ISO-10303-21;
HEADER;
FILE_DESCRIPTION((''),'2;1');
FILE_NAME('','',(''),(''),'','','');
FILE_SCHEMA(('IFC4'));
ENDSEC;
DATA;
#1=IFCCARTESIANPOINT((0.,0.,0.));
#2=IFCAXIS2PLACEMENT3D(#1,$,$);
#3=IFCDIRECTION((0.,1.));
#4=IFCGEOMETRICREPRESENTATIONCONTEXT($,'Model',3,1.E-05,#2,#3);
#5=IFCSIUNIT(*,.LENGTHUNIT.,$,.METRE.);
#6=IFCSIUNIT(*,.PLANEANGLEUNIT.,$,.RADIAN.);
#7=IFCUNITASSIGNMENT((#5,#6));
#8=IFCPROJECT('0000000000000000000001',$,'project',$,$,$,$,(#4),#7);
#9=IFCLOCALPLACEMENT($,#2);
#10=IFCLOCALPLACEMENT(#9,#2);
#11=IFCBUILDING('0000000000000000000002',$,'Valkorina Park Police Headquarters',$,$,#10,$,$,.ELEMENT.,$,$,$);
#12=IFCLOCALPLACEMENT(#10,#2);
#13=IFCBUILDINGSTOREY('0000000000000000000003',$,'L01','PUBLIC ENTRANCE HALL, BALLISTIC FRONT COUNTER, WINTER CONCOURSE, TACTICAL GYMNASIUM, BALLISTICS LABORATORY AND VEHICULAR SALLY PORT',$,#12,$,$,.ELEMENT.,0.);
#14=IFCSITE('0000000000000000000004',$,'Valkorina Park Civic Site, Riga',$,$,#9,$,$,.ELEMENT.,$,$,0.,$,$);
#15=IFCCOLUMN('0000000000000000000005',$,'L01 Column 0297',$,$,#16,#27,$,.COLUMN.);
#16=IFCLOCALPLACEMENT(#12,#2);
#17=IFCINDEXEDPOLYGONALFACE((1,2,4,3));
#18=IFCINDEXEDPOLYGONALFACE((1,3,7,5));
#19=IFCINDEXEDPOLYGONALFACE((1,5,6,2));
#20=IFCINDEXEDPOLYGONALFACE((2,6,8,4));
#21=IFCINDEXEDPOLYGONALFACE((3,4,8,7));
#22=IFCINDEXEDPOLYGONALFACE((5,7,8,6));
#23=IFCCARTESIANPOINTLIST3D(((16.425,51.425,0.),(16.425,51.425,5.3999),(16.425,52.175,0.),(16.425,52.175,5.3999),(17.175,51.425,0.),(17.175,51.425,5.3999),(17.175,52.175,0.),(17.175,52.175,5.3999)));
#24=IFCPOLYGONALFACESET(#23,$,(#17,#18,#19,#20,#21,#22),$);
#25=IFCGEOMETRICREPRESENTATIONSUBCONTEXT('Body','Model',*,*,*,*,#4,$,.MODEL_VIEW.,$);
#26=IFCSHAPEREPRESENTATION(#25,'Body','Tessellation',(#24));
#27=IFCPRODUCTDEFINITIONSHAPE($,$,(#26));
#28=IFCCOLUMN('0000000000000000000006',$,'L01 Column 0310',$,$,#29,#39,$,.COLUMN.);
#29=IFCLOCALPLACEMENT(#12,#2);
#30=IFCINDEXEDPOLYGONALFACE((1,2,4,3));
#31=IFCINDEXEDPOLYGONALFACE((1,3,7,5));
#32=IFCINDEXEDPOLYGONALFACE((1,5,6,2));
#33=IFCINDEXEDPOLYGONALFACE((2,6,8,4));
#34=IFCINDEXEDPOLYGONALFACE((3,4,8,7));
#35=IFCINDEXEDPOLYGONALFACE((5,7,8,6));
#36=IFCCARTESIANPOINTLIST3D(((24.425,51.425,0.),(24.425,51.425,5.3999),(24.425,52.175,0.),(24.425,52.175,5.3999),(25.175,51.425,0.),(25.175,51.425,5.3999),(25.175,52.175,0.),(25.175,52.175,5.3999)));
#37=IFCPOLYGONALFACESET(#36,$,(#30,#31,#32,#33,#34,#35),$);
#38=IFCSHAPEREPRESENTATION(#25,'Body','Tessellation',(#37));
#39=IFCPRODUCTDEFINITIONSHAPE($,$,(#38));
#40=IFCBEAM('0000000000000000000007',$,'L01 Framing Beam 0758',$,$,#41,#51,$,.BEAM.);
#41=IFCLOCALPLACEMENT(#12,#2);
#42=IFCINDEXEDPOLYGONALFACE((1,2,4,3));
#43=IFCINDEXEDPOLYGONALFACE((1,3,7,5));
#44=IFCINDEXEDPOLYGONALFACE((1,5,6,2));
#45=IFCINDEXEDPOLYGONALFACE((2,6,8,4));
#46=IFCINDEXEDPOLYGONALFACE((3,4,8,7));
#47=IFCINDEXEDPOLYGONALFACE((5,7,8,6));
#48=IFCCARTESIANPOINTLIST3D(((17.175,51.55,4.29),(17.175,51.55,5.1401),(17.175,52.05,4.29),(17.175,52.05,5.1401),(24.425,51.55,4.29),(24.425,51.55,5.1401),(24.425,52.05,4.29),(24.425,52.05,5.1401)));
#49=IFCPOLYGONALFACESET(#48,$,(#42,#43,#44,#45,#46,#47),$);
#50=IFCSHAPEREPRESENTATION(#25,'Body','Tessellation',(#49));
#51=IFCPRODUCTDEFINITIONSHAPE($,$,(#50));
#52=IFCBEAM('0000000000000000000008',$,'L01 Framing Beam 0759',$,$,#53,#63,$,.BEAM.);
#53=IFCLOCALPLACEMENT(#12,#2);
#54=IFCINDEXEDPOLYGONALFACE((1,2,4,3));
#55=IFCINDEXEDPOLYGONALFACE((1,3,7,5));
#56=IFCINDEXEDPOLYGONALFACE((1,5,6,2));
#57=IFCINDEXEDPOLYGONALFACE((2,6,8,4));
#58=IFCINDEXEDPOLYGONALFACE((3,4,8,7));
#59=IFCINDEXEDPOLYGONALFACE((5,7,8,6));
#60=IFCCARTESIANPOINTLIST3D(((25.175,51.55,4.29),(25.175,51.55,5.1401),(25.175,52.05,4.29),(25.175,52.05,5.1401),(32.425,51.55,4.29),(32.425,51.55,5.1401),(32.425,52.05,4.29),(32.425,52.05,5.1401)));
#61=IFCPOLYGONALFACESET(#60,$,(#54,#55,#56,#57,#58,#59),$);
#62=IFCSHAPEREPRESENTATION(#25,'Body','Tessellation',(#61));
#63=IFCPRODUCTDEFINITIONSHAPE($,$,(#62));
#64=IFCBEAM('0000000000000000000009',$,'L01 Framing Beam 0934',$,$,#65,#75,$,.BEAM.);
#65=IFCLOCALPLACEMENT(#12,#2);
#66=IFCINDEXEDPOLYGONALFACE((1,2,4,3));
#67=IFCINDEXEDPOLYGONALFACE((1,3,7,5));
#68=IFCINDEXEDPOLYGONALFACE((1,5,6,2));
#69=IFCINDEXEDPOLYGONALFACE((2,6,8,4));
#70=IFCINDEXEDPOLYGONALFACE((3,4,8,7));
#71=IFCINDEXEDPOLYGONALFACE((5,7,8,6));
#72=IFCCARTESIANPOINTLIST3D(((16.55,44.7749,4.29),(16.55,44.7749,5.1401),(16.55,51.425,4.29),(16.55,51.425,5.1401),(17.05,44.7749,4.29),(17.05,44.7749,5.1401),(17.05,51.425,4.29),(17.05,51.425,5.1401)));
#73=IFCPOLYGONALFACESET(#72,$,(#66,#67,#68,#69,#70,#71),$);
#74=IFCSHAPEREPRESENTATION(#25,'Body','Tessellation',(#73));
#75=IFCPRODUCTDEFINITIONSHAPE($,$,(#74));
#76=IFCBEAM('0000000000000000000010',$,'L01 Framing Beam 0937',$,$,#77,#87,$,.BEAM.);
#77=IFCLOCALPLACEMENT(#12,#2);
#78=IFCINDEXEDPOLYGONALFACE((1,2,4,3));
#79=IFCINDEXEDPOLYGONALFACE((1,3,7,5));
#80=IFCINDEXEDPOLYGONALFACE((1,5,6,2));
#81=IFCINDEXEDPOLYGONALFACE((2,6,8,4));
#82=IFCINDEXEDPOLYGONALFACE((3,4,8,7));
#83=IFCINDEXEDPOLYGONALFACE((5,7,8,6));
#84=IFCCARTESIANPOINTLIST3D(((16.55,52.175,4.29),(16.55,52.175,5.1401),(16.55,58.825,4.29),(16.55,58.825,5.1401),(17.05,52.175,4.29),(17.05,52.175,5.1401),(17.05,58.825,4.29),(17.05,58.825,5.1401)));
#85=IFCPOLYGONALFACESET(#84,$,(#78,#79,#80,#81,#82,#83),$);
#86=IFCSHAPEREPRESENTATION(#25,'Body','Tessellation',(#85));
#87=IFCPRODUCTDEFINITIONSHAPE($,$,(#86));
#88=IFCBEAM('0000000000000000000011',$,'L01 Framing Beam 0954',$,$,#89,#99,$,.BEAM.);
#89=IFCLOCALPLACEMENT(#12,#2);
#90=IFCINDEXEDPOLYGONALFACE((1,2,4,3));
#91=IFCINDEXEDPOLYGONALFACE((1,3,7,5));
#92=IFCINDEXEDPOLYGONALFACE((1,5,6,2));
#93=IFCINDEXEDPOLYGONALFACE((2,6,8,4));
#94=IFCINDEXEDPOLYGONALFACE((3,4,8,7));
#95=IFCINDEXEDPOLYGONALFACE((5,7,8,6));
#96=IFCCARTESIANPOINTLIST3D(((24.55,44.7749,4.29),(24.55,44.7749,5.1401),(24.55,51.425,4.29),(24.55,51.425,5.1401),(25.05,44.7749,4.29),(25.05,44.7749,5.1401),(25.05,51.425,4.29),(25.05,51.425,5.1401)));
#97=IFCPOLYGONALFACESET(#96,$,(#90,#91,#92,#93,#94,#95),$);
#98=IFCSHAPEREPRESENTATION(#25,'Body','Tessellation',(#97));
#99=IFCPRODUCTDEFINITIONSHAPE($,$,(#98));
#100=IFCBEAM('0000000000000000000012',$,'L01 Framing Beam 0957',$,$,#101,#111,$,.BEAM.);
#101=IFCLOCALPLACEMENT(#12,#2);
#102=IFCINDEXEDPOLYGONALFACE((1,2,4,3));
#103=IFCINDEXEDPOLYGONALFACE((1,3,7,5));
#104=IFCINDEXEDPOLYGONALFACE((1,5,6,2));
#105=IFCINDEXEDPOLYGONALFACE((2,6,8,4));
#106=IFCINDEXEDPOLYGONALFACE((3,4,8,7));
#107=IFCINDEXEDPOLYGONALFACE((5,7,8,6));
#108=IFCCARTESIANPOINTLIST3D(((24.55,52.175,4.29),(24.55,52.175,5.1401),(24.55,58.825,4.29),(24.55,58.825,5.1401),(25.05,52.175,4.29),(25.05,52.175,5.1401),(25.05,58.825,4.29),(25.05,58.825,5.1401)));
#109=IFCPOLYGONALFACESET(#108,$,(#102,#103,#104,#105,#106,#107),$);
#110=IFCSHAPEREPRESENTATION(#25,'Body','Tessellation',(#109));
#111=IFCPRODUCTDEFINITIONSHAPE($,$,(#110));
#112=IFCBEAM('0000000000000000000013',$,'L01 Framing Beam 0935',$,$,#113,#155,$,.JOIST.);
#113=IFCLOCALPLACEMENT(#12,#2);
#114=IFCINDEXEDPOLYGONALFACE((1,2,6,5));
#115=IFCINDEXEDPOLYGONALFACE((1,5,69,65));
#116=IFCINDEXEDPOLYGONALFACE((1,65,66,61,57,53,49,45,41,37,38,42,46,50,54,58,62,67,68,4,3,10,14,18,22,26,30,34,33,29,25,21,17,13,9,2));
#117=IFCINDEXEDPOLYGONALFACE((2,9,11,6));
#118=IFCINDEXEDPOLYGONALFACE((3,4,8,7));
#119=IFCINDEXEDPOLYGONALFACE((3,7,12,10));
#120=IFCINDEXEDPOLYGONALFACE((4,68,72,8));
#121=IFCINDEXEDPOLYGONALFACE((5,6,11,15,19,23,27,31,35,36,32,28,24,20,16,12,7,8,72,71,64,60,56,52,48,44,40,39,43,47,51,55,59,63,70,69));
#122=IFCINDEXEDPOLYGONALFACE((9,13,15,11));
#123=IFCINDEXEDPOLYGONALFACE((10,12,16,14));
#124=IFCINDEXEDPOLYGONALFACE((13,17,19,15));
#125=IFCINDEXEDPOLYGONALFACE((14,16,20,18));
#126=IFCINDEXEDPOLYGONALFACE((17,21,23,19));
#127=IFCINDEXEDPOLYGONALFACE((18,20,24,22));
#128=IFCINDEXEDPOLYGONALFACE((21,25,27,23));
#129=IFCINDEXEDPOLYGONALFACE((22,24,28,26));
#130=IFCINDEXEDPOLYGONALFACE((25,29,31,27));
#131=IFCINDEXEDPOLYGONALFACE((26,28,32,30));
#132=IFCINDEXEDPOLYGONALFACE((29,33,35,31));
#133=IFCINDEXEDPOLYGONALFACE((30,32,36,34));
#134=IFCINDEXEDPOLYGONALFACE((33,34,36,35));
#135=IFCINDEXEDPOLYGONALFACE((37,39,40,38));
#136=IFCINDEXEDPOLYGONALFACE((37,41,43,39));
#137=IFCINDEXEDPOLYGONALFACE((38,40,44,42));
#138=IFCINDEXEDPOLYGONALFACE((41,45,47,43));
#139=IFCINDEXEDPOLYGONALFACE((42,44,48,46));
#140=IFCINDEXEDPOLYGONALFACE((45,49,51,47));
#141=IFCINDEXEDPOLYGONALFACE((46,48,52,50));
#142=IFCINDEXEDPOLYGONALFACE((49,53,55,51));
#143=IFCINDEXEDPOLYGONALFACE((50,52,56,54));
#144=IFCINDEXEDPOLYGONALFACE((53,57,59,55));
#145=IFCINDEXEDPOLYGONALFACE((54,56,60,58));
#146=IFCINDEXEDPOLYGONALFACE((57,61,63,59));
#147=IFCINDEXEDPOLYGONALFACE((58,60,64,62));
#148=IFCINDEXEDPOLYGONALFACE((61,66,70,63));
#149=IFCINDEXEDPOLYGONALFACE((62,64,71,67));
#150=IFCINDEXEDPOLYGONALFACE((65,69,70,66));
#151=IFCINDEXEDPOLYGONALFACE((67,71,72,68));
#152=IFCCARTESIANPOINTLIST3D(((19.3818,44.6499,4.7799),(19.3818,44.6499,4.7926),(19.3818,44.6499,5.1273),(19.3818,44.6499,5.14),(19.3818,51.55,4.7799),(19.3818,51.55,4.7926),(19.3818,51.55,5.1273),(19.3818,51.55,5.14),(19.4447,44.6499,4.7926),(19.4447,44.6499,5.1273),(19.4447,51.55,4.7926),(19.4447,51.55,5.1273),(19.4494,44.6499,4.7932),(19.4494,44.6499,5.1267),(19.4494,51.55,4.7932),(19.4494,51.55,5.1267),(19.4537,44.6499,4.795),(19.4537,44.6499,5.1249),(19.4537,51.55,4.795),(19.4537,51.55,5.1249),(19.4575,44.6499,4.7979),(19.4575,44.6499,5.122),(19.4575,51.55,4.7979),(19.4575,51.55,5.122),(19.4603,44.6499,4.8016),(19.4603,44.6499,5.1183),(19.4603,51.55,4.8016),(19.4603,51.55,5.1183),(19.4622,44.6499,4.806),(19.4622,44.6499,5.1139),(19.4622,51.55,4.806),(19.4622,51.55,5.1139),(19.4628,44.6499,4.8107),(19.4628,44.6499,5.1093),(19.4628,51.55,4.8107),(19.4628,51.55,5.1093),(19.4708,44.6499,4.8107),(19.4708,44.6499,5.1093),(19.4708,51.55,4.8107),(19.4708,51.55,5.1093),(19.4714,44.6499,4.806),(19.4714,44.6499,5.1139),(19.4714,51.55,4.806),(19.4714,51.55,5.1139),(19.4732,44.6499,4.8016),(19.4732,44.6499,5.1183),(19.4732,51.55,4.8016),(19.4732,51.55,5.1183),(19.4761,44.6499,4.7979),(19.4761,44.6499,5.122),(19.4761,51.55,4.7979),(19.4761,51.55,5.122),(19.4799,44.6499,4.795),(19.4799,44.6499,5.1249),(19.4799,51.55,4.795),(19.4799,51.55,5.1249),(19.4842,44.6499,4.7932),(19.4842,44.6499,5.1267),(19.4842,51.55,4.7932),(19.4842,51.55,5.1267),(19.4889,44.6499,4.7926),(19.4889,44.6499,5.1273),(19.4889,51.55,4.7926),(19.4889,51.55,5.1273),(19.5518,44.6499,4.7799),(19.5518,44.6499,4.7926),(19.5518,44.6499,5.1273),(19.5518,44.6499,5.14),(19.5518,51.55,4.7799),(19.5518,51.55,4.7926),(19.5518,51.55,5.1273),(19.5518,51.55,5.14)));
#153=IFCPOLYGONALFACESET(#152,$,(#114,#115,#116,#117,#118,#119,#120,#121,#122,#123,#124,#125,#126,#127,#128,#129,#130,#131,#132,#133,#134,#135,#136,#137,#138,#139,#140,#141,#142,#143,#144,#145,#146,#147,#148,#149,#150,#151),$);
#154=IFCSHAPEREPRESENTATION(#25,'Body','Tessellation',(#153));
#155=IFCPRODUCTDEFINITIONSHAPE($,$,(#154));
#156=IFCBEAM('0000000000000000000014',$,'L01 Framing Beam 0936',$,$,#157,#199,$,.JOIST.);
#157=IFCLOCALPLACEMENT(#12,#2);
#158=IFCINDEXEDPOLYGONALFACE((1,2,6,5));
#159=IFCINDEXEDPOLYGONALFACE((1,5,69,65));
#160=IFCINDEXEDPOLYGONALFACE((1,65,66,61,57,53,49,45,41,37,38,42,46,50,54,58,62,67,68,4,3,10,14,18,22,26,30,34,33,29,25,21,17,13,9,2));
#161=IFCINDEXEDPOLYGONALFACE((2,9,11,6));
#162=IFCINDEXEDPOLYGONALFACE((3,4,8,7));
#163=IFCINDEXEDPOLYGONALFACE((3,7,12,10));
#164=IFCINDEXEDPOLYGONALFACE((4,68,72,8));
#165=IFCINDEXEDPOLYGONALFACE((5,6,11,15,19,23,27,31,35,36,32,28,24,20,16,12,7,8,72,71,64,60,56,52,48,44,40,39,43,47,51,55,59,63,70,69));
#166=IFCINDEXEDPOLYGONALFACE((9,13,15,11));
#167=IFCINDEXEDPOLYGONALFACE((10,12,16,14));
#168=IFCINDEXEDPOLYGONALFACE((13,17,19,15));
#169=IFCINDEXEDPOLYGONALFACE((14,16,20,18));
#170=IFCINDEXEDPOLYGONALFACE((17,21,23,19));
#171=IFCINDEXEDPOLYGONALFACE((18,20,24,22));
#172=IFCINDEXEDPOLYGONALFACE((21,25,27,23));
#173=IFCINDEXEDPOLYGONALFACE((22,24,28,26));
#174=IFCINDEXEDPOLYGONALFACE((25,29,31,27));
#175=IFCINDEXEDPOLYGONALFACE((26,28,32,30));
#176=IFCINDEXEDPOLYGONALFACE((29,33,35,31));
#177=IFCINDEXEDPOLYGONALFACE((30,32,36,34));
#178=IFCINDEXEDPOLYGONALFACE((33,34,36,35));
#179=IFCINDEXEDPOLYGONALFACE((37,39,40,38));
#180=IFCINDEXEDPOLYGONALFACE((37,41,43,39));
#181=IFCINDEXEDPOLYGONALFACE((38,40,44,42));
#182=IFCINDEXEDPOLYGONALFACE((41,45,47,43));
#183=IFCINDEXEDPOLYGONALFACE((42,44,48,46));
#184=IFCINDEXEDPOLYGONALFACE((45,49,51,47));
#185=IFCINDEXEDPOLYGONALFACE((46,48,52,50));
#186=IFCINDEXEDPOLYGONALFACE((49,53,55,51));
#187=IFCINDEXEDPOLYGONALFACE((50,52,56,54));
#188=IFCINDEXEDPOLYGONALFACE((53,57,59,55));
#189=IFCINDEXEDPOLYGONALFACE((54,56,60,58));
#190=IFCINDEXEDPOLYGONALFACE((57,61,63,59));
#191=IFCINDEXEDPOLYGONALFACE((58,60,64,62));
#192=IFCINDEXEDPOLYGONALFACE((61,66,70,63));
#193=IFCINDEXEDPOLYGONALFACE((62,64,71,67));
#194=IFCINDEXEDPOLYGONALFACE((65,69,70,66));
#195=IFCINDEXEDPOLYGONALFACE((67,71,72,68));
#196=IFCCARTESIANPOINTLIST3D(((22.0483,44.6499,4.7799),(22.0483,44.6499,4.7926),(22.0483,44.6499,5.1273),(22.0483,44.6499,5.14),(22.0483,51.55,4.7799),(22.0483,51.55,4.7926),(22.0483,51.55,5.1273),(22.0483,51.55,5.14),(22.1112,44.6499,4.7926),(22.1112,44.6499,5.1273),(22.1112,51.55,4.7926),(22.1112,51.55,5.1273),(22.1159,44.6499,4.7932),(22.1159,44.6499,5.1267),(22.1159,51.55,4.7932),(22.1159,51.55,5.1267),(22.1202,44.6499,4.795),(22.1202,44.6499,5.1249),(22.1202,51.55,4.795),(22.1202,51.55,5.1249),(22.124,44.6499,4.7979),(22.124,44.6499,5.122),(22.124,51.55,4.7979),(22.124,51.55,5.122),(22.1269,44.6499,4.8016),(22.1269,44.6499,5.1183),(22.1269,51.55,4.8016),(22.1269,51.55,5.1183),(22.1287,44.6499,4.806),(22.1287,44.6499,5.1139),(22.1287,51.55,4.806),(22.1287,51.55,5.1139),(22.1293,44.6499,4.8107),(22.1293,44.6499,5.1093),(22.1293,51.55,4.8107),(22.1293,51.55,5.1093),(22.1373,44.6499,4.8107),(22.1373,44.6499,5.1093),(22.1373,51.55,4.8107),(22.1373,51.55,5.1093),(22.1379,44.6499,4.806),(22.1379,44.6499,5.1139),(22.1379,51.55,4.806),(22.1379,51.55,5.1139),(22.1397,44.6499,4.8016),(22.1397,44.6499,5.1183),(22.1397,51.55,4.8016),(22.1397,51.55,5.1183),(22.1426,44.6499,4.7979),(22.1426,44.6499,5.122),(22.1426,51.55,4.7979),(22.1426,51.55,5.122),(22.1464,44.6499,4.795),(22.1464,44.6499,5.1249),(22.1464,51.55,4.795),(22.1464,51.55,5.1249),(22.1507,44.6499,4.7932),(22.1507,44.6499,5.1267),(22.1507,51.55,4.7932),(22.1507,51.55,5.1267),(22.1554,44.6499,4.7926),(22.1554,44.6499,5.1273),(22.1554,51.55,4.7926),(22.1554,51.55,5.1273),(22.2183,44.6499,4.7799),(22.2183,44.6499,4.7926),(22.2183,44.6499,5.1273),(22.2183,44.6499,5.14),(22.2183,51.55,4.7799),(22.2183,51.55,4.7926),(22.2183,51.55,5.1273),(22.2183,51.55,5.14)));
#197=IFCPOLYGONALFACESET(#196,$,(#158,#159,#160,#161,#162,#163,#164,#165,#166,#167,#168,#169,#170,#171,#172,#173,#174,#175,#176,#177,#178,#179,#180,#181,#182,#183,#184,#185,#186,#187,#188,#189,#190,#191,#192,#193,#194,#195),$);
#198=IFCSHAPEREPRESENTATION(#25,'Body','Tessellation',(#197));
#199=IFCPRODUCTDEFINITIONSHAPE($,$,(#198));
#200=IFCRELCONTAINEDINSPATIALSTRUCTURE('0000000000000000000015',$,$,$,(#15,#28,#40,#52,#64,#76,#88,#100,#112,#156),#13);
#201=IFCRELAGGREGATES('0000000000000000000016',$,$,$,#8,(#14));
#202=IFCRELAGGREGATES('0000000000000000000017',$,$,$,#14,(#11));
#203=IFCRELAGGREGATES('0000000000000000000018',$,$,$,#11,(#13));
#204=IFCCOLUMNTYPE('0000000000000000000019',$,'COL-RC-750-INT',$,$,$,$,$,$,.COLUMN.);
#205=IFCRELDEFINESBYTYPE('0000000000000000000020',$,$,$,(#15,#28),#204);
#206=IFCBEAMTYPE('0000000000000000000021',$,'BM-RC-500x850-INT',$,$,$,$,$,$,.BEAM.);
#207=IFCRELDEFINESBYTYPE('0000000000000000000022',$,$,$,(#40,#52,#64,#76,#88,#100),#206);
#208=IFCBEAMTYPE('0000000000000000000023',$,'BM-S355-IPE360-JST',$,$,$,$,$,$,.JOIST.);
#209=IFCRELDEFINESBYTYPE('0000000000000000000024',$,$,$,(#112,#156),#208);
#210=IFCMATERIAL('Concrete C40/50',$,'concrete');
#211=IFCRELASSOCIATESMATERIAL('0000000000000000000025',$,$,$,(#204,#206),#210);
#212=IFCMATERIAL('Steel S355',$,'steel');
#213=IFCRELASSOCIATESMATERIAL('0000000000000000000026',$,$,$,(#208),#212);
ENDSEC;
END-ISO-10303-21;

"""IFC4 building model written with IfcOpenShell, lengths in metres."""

from ifc_helpers import new_model, si_unit, direction, frame, origin, origin_2d, place, context, subcontext, project, spatial, rectangle, i_section, extrude, material, material_profile, profile_set, type_object, element, save


model = new_model("IFC4")

# Units and contexts
model_context = context("Model", 3, precision=1e-05, world=origin(), true_north=direction((0.0, 1.0)))
body_context = subcontext(model_context, "Body", "Model", "MODEL_VIEW")
ifc_project = project(units=[si_unit("LENGTHUNIT", "METRE"), si_unit("PLANEANGLEUNIT", "RADIAN")], contexts=[model_context])

# Site, building, storey
site_placement = place(None, origin())
site = spatial("IfcSite", under=ifc_project, at=site_placement, Name="Valkorina Park Civic Site, Riga", CompositionType="ELEMENT", RefElevation=0.0)
building_placement = place(site_placement, origin())
building = spatial("IfcBuilding", under=site, at=building_placement, Name="Valkorina Park Police Headquarters", CompositionType="ELEMENT")
storey_placement = place(building_placement, origin())
storey = spatial("IfcBuildingStorey", under=building, at=storey_placement, Name="L01", Description="PUBLIC ENTRANCE HALL, BALLISTIC FRONT COUNTER, WINTER CONCOURSE, TACTICAL GYMNASIUM, BALLISTICS LABORATORY AND VEHICULAR SALLY PORT", CompositionType="ELEMENT", Elevation=0.0)

# Columns
ifc_material_1 = material(Name="Concrete C40/50", Category="concrete")
ifc_material_profile_1 = material_profile(ifc_material_1, rectangle(XDim=0.75, YDim=0.75, at=origin_2d()), Name="RC COL 750x750")
ifc_profile_set_1 = profile_set([ifc_material_profile_1], Name="Concrete C40/50")
column_type = type_object("IfcColumnType", Name="COL-RC-750-INT", PredefinedType="COLUMN", material=ifc_profile_set_1)
for number, where, z_axis, x_axis, name in (
    (1, (16.8, 51.8, 0.0), (0.0, 0.0, 1.0), (1.0, 0.0, 0.0), "L01 Column 0297"),
    (2, (24.8, 51.8, 0.0), (0.0, 0.0, 1.0), (1.0, 0.0, 0.0), "L01 Column 0310"),
):
    element("IfcColumn", number, at=place(storey_placement, frame(where, z_axis=z_axis, x_axis=x_axis)), inside=storey, type_object=column_type, Name=name, PredefinedType="COLUMN", context=body_context, shape_type="SweptSolid", body=[
        extrude(rectangle(XDim=0.75, YDim=0.75, at=origin_2d()), origin(), (0.0, 0.0, 1.0), 5.3999),
    ])

# Beams
ifc_material_profile_2 = material_profile(ifc_material_1, rectangle(XDim=0.5, YDim=0.8501, at=origin_2d()), Name="RC BEAM 500x850")
ifc_profile_set_2 = profile_set([ifc_material_profile_2], Name="Concrete C40/50")
beam_type_1 = type_object("IfcBeamType", Name="BM-RC-500x850-INT", PredefinedType="BEAM", material=ifc_profile_set_2)
for number, where, z_axis, x_axis, name in (
    (3, (17.175, 51.8, 4.7151), (1.0, 0.0, 0.0), (0.0, 1.0, 0.0), "L01 Framing Beam 0758"),
    (4, (25.175, 51.8, 4.7151), (1.0, 0.0, 0.0), (0.0, 1.0, 0.0), "L01 Framing Beam 0759"),
):
    element("IfcBeam", number, at=place(storey_placement, frame(where, z_axis=z_axis, x_axis=x_axis)), inside=storey, type_object=beam_type_1, Name=name, PredefinedType="BEAM", context=body_context, shape_type="SweptSolid", body=[
        extrude(rectangle(XDim=0.5, YDim=0.8501, at=origin_2d()), origin(), (0.0, 0.0, 1.0), 7.25),
    ])
beam_1_placement = place(storey_placement, frame((16.8, 44.7749, 4.7151), z_axis=(0.0, 1.0, 0.0), x_axis=(-1.0, 0.0, 0.0)))
element("IfcBeam", 5, at=beam_1_placement, inside=storey, type_object=beam_type_1, Name="L01 Framing Beam 0934", PredefinedType="BEAM", context=body_context, shape_type="SweptSolid", body=[
    extrude(rectangle(XDim=0.5, YDim=0.8501, at=origin_2d()), origin(), (0.0, 0.0, 1.0), 6.6501),
])
beam_2_placement = place(storey_placement, frame((16.8, 52.175, 4.7151), z_axis=(0.0, 1.0, 0.0), x_axis=(-1.0, 0.0, 0.0)))
element("IfcBeam", 6, at=beam_2_placement, inside=storey, type_object=beam_type_1, Name="L01 Framing Beam 0937", PredefinedType="BEAM", context=body_context, shape_type="SweptSolid", body=[
    extrude(rectangle(XDim=0.5, YDim=0.8501, at=origin_2d()), origin(), (0.0, 0.0, 1.0), 6.6499),
])
beam_3_placement = place(storey_placement, frame((24.8, 44.7749, 4.7151), z_axis=(0.0, 1.0, 0.0), x_axis=(-1.0, 0.0, 0.0)))
element("IfcBeam", 7, at=beam_3_placement, inside=storey, type_object=beam_type_1, Name="L01 Framing Beam 0954", PredefinedType="BEAM", context=body_context, shape_type="SweptSolid", body=[
    extrude(rectangle(XDim=0.5, YDim=0.8501, at=origin_2d()), origin(), (0.0, 0.0, 1.0), 6.6501),
])
beam_4_placement = place(storey_placement, frame((24.8, 52.175, 4.7151), z_axis=(0.0, 1.0, 0.0), x_axis=(-1.0, 0.0, 0.0)))
element("IfcBeam", 8, at=beam_4_placement, inside=storey, type_object=beam_type_1, Name="L01 Framing Beam 0957", PredefinedType="BEAM", context=body_context, shape_type="SweptSolid", body=[
    extrude(rectangle(XDim=0.5, YDim=0.8501, at=origin_2d()), origin(), (0.0, 0.0, 1.0), 6.6499),
])
ifc_material_2 = material(Name="Steel S355", Category="steel")
ifc_material_profile_3 = material_profile(ifc_material_2, i_section(OverallWidth=0.1699, OverallDepth=0.3601, WebThickness=0.0081, FlangeThickness=0.0127, FilletRadius=0.0181, at=origin_2d()), Name="IPE 360")
ifc_profile_set_3 = profile_set([ifc_material_profile_3], Name="Steel S355")
beam_type_2 = type_object("IfcBeamType", Name="BM-S355-IPE360-JST", PredefinedType="JOIST", material=ifc_profile_set_3)
for number, where, z_axis, x_axis, name in (
    (9, (19.4668, 44.6499, 4.96), (0.0, 1.0, 0.0), (-1.0, 0.0, 0.0), "L01 Framing Beam 0935"),
    (10, (22.1333, 44.6499, 4.96), (0.0, 1.0, 0.0), (-1.0, 0.0, 0.0), "L01 Framing Beam 0936"),
):
    element("IfcBeam", number, at=place(storey_placement, frame(where, z_axis=z_axis, x_axis=x_axis)), inside=storey, type_object=beam_type_2, Name=name, PredefinedType="JOIST", context=body_context, shape_type="SweptSolid", body=[
        extrude(i_section(OverallWidth=0.1699, OverallDepth=0.3601, WebThickness=0.0081, FlangeThickness=0.0127, FilletRadius=0.0181, at=origin_2d()), origin(), (0.0, 0.0, 1.0), 6.9001),
    ])

save(model, "model.ifc")
